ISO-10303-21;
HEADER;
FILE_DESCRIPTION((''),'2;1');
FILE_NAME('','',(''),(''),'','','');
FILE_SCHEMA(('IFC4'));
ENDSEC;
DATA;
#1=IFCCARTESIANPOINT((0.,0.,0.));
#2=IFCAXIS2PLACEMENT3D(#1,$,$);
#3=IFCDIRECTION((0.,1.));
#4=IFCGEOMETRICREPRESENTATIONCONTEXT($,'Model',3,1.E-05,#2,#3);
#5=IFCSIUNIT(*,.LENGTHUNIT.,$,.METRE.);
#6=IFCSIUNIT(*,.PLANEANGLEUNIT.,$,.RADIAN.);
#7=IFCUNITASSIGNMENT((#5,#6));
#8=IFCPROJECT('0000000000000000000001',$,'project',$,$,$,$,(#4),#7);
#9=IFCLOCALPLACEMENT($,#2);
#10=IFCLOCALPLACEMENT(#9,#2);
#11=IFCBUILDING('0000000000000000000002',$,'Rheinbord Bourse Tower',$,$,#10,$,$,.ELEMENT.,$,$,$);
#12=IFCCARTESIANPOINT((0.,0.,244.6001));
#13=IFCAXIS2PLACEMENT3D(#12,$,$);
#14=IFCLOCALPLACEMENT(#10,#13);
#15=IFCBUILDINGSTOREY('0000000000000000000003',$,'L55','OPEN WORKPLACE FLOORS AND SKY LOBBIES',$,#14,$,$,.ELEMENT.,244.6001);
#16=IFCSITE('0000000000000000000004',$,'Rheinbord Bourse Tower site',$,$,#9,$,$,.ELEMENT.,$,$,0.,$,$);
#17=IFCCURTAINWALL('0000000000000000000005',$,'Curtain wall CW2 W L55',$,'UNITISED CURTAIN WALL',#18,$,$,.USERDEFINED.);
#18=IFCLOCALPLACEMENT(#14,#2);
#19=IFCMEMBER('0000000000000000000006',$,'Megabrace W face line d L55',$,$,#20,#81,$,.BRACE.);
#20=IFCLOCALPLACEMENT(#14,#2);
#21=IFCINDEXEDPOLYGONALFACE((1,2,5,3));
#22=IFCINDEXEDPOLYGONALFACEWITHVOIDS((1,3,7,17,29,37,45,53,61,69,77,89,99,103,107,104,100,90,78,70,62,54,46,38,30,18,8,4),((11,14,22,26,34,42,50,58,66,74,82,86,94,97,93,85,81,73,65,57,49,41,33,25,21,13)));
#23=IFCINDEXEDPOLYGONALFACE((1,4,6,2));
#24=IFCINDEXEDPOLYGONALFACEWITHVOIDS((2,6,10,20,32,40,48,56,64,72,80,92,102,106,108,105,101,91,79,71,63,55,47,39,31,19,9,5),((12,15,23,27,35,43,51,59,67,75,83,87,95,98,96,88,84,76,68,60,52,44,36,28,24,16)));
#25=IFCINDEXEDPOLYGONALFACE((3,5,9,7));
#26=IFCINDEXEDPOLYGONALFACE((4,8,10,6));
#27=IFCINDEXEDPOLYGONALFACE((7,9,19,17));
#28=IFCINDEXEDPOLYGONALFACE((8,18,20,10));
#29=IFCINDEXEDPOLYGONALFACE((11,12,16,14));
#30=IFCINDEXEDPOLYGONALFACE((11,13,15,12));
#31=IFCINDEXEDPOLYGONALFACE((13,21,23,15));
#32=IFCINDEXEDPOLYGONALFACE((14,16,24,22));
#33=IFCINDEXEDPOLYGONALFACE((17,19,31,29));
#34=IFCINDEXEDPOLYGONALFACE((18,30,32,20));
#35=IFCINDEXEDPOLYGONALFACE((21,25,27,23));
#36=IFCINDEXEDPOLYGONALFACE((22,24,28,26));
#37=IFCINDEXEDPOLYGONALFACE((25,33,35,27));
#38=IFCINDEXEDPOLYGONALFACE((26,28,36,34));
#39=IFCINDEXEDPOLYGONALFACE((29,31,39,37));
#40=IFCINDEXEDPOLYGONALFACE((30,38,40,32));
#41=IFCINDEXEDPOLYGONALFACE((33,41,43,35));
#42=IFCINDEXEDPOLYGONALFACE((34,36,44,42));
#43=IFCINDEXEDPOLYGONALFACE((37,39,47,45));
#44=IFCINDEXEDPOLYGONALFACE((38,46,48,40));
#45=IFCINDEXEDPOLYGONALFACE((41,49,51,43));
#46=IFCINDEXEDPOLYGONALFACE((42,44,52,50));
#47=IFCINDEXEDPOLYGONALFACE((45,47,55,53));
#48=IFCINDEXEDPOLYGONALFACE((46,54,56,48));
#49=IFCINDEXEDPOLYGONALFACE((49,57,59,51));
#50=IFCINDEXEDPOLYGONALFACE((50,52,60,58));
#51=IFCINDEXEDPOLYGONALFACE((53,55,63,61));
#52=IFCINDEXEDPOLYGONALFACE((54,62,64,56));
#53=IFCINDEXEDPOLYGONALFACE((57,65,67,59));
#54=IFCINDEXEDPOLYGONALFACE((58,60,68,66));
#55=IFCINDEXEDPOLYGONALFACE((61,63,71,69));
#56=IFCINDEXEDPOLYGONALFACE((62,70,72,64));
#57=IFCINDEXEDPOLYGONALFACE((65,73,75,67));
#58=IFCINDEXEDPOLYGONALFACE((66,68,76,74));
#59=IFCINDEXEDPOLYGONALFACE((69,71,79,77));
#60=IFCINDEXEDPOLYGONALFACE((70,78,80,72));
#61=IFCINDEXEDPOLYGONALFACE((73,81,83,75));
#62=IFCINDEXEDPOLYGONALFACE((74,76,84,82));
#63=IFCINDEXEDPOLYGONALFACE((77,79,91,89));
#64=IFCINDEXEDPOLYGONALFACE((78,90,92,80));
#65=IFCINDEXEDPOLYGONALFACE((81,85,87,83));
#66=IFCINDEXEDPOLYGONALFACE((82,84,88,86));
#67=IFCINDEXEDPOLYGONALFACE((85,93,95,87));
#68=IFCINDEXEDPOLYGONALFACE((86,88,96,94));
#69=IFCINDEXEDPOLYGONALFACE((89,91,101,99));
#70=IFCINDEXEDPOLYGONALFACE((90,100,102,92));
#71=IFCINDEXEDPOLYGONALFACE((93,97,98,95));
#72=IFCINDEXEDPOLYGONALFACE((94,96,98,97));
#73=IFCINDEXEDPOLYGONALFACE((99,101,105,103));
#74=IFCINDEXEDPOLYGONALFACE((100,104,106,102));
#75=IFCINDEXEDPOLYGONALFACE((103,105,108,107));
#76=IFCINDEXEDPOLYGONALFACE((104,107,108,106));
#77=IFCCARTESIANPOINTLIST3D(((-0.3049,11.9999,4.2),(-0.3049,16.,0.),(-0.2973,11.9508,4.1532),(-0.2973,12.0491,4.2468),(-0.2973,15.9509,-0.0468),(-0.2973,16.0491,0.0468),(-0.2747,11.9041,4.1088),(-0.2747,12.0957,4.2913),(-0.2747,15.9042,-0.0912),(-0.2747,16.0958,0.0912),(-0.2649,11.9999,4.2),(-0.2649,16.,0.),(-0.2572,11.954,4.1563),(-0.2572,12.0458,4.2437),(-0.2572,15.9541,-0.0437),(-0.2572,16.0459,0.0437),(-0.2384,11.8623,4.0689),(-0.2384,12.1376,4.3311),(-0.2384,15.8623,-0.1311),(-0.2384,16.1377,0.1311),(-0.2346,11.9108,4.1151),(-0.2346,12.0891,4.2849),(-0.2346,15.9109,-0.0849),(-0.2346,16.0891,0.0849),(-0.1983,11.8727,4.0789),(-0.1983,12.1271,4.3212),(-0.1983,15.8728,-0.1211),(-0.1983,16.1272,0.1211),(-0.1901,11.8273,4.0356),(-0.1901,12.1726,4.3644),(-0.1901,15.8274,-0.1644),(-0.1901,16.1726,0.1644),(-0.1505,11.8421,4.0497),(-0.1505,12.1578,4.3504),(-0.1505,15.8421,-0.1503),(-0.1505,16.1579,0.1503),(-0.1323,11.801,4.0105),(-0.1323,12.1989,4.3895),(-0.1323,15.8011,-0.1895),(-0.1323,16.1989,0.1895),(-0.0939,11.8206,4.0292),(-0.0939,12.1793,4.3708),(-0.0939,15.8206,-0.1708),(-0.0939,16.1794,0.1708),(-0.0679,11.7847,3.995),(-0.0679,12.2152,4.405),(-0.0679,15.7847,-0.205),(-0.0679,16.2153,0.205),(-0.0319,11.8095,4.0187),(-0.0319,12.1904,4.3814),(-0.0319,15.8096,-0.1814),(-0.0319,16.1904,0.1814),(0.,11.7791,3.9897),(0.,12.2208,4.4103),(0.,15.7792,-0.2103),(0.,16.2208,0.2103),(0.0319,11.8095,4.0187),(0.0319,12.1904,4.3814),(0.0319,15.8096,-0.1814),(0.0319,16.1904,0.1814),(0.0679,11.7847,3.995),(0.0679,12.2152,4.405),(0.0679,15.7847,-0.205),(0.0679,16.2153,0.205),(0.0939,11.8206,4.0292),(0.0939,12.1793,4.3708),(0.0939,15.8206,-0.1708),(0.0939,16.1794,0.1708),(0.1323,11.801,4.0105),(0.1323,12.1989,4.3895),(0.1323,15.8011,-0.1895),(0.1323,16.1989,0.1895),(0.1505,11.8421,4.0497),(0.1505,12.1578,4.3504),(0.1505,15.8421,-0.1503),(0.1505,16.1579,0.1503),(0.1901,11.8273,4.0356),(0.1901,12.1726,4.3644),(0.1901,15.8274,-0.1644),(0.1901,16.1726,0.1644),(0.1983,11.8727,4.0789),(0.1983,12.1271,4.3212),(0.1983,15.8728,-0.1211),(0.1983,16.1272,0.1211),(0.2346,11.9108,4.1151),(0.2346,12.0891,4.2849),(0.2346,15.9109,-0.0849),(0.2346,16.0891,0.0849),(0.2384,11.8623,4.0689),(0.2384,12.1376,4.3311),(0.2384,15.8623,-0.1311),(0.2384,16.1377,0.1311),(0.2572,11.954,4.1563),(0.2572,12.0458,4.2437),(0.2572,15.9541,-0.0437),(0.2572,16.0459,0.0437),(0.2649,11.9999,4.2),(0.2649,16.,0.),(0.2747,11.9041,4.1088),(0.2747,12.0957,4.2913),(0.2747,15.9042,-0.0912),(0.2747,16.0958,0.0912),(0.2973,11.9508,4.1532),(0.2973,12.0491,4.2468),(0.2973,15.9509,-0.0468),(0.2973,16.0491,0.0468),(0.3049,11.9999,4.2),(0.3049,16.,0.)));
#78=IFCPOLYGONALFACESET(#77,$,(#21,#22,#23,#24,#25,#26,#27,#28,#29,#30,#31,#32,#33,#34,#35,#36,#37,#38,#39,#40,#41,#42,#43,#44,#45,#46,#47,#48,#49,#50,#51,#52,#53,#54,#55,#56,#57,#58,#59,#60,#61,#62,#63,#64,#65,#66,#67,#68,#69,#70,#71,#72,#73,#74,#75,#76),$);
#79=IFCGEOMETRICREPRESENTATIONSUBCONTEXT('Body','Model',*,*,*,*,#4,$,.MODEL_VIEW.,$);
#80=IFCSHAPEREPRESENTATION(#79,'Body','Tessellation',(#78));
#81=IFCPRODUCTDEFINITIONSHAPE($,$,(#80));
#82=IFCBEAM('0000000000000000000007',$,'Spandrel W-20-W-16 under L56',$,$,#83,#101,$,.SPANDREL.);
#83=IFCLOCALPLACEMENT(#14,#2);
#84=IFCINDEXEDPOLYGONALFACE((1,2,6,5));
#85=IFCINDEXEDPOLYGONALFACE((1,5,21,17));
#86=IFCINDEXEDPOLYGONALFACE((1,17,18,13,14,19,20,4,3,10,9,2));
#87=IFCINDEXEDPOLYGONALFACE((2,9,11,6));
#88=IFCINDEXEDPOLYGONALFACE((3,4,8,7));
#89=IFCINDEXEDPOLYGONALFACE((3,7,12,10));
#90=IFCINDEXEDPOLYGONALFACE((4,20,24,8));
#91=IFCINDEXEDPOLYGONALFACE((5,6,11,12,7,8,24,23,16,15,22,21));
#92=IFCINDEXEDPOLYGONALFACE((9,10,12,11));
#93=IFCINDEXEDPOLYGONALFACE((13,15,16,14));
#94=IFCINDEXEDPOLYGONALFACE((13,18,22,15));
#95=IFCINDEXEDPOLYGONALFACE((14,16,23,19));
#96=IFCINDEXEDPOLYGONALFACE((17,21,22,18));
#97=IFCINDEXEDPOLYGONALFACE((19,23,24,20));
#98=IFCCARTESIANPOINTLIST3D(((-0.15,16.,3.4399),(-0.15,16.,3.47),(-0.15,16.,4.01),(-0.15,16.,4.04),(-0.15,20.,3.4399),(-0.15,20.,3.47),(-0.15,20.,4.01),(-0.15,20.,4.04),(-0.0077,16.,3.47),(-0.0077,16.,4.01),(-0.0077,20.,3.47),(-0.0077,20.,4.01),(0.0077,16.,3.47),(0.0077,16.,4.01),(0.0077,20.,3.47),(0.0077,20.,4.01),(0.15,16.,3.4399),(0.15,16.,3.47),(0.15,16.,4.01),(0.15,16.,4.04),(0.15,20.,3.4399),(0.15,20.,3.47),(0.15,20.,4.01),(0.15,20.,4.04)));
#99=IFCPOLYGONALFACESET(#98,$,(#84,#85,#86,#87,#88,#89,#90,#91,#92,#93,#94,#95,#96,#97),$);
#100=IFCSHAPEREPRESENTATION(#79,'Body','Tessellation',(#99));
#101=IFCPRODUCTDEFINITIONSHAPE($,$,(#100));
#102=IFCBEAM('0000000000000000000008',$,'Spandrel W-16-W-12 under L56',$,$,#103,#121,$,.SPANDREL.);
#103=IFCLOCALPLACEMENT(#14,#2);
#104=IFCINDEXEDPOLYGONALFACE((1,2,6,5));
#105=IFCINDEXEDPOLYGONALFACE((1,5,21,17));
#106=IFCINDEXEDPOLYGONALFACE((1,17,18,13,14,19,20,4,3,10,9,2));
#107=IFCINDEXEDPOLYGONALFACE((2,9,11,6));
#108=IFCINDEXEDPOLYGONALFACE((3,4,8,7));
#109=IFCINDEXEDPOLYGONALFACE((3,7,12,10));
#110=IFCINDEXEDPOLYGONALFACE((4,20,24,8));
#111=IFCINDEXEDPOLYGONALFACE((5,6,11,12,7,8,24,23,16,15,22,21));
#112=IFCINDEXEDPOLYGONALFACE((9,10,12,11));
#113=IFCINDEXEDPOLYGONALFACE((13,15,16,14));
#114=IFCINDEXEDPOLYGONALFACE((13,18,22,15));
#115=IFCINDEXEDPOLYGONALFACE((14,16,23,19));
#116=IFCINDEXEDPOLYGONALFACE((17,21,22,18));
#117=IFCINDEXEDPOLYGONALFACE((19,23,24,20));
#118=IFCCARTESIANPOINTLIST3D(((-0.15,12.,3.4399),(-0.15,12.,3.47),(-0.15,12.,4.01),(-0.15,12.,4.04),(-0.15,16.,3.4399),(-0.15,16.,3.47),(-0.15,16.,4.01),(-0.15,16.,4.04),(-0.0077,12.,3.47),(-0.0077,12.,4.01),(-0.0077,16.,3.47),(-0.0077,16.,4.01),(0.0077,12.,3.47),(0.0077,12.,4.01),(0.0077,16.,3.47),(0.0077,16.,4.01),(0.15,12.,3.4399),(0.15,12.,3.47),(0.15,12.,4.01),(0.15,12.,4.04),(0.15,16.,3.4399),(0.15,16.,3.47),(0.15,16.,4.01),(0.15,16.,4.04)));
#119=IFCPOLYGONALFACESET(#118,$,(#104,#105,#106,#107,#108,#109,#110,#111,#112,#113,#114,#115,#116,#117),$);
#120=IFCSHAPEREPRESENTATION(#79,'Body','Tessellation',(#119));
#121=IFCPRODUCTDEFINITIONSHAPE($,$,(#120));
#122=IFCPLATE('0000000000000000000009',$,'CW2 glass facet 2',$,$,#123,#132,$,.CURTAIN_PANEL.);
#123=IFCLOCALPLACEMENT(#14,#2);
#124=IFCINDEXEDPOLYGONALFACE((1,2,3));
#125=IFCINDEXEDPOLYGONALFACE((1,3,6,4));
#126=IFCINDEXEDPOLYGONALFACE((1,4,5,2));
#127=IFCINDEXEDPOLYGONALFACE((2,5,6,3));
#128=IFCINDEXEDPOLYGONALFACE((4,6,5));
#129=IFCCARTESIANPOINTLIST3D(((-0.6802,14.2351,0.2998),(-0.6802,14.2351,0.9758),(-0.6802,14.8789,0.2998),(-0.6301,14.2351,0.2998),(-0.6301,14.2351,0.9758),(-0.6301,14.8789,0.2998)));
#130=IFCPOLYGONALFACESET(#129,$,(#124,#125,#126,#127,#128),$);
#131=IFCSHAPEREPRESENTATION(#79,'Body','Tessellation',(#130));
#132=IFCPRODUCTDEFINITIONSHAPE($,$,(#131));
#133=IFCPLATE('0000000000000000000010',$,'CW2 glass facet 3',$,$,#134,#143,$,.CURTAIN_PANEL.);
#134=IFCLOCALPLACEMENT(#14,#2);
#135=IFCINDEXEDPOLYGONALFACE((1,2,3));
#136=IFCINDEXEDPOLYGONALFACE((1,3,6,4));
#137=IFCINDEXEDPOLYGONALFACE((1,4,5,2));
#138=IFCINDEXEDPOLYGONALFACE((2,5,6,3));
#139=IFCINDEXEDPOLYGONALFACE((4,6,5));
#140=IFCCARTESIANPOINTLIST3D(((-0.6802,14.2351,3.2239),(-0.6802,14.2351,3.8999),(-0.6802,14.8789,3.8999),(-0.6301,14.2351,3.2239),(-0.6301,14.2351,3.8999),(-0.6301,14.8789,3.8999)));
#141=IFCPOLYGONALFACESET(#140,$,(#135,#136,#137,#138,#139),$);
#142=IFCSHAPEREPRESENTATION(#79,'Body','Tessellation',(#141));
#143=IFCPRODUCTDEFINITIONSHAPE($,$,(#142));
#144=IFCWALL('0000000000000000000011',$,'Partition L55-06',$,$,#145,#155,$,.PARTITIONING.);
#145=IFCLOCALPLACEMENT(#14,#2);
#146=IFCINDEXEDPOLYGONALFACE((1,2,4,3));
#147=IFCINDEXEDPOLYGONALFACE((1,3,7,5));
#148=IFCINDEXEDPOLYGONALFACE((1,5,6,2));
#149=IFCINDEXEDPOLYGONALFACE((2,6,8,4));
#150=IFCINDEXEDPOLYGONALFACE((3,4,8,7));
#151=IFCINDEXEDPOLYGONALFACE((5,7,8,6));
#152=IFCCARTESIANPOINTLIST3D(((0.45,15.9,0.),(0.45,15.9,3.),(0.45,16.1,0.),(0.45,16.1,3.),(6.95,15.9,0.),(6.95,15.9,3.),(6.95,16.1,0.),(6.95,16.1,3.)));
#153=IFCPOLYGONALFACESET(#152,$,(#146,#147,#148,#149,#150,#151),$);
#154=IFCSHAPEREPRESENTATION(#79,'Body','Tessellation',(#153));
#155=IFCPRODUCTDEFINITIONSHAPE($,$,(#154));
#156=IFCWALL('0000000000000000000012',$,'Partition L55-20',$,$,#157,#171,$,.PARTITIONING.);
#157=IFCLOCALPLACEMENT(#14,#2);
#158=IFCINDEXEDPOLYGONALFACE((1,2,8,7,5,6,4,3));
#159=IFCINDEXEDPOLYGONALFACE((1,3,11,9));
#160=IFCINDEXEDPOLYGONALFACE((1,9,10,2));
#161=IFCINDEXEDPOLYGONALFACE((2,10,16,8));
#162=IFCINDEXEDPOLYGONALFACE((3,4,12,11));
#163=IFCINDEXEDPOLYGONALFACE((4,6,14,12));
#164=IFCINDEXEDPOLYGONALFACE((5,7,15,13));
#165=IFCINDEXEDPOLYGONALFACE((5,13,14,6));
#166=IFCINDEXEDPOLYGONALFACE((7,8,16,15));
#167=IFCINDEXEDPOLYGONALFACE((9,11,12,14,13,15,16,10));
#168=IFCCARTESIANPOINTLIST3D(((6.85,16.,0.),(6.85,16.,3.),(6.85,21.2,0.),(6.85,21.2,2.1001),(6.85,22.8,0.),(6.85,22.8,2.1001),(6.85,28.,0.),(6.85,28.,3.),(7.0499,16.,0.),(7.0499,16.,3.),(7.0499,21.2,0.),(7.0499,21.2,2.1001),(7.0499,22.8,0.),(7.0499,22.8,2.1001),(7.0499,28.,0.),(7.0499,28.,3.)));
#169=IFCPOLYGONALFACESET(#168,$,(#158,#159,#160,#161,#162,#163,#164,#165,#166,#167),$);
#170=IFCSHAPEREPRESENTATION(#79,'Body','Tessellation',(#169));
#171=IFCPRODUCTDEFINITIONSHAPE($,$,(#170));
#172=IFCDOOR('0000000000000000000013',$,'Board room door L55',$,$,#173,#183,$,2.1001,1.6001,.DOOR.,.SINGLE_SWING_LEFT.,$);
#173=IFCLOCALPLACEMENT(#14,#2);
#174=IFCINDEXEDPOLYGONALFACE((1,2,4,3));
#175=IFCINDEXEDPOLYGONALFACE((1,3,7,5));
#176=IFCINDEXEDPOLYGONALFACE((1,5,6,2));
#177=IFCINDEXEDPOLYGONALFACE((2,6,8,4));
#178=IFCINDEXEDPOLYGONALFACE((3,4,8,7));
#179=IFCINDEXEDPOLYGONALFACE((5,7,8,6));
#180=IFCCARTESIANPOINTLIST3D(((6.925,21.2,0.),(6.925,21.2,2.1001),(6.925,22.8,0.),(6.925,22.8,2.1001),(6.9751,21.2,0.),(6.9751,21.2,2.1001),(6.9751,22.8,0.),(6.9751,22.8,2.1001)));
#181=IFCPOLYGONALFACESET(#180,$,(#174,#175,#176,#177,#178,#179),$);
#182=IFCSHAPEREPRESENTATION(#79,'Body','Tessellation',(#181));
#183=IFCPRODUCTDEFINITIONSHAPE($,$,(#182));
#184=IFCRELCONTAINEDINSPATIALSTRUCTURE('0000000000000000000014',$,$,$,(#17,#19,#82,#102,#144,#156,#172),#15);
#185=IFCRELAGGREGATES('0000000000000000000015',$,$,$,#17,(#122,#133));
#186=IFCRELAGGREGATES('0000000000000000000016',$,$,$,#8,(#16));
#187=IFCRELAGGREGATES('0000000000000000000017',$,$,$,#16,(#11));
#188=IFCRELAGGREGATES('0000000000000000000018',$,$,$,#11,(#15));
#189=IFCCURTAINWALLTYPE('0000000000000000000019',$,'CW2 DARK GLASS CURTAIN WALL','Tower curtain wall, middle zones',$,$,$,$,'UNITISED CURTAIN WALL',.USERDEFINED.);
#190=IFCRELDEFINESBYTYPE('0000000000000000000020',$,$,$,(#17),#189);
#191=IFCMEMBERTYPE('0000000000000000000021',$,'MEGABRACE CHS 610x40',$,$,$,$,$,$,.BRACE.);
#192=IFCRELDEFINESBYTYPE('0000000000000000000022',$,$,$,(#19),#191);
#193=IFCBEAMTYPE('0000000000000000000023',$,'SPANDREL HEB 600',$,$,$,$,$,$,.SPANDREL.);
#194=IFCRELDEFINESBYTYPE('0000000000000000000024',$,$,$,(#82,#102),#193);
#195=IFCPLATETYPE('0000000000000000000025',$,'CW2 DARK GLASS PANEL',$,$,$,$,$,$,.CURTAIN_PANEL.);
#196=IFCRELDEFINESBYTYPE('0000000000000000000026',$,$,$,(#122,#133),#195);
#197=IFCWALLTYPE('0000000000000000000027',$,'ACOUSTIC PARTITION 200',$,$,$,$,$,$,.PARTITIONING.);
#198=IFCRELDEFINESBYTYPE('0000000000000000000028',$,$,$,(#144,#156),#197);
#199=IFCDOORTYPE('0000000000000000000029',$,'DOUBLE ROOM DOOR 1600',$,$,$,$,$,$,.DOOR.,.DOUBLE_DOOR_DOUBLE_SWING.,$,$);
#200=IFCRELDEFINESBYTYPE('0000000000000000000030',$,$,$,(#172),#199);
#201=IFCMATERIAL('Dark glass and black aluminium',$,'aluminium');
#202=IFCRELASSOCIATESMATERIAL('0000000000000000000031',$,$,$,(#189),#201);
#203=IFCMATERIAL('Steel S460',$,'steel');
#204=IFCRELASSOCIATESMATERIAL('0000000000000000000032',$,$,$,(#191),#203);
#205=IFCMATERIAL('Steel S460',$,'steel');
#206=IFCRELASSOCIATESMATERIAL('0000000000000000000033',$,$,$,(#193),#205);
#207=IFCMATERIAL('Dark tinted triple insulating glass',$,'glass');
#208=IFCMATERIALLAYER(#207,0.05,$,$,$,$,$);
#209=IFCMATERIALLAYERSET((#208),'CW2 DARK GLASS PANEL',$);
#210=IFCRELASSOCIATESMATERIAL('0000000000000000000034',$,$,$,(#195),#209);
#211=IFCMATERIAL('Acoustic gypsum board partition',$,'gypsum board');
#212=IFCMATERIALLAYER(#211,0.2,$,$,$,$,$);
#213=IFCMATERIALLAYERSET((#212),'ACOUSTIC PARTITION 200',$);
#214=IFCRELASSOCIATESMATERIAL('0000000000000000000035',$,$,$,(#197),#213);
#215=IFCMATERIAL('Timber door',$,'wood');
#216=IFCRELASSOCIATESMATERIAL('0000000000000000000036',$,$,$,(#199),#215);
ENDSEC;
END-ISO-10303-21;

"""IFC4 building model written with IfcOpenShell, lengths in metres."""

from ifc_helpers import new_model, si_unit, direction, frame, frame_2d, origin, origin_2d, place, context, subcontext, project, spatial, polyline, rectangle, hollow_circle, i_section, outline, extrude, material, layer, layer_set, material_profile, profile_set, type_object, element, fill, aggregate, save


model = new_model("IFC4")

# Units and contexts
model_context = context("Model", 3, precision=1e-05, world=origin(), true_north=direction((0.0, 1.0)))
body_context = subcontext(model_context, "Body", "Model", "MODEL_VIEW")
ifc_project = project(units=[si_unit("LENGTHUNIT", "METRE"), si_unit("PLANEANGLEUNIT", "RADIAN")], contexts=[model_context])

# Site, building, storey
site_placement = place(None, origin())
site = spatial("IfcSite", under=ifc_project, at=site_placement, Name="Rheinbord Bourse Tower site", CompositionType="ELEMENT", RefElevation=0.0)
building_placement = place(site_placement, origin())
building = spatial("IfcBuilding", under=site, at=building_placement, Name="Rheinbord Bourse Tower", CompositionType="ELEMENT")
storey_placement = place(building_placement, frame((0.0, 0.0, 244.6001)))
storey = spatial("IfcBuildingStorey", under=building, at=storey_placement, Name="L55", Description="OPEN WORKPLACE FLOORS AND SKY LOBBIES", CompositionType="ELEMENT", Elevation=244.6001)

# Curtain wall
ifc_material_1 = material(Name="Dark glass and black aluminium", Category="aluminium")
curtain_wall_type = type_object("IfcCurtainWallType", Name="CW2 DARK GLASS CURTAIN WALL", Description="Tower curtain wall, middle zones", ElementType="UNITISED CURTAIN WALL", PredefinedType="USERDEFINED", material=ifc_material_1)
curtain_wall_placement = place(storey_placement, origin())
curtain_wall = element("IfcCurtainWall", 1, at=curtain_wall_placement, inside=storey, type_object=curtain_wall_type, Name="Curtain wall CW2 W L55", ObjectType="UNITISED CURTAIN WALL", PredefinedType="USERDEFINED")

# Member
ifc_material_2 = material(Name="Steel S460", Category="steel")
ifc_material_profile_1 = material_profile(ifc_material_2, hollow_circle(Radius=0.3049, WallThickness=0.04, at=origin_2d()), Name="CHS 610x40")
ifc_profile_set_1 = profile_set([ifc_material_profile_1], Name="Steel S460")
member_type_1 = type_object("IfcMemberType", Name="MEGABRACE CHS 610x40", PredefinedType="BRACE", material=ifc_profile_set_1)
member_1_placement = place(storey_placement, frame((0.0, 16.0, 0.0), z_axis=(0.0, -0.689659, 0.724134), x_axis=(1.0, 0.0, 0.0)))
element("IfcMember", 2, at=member_1_placement, inside=storey, type_object=member_type_1, Name="Megabrace W face line d L55", PredefinedType="BRACE", context=body_context, shape_type="SweptSolid", body=[
    extrude(hollow_circle(Radius=0.3049, WallThickness=0.04, at=origin_2d()), origin(), (0.0, 0.0, 1.0), 5.8),
])

# Beams
ifc_material_3 = material(Name="Steel S460", Category="steel")
ifc_material_profile_2 = material_profile(ifc_material_3, i_section(OverallWidth=0.3, OverallDepth=0.6001, WebThickness=0.0154, FlangeThickness=0.03, at=origin_2d()), Name="HEB 600")
ifc_profile_set_2 = profile_set([ifc_material_profile_2], Name="Steel S460")
beam_type_1 = type_object("IfcBeamType", Name="SPANDREL HEB 600", PredefinedType="SPANDREL", material=ifc_profile_set_2)
for number, where, z_axis, x_axis, name in (
    (3, (0.0, 20.0, 3.74), (0.0, -1.0, 0.0), (1.0, 0.0, 0.0), "Spandrel W-20-W-16 under L56"),
    (4, (0.0, 16.0, 3.74), (0.0, -1.0, 0.0), (1.0, 0.0, 0.0), "Spandrel W-16-W-12 under L56"),
):
    element("IfcBeam", number, at=place(storey_placement, frame(where, z_axis=z_axis, x_axis=x_axis)), inside=storey, type_object=beam_type_1, Name=name, PredefinedType="SPANDREL", context=body_context, shape_type="SweptSolid", body=[
        extrude(i_section(OverallWidth=0.3, OverallDepth=0.6001, WebThickness=0.0154, FlangeThickness=0.03, at=origin_2d()), origin(), (0.0, 0.0, 1.0), 4.0),
    ])

# Plates
ifc_material_4 = material(Name="Dark tinted triple insulating glass", Category="glass")
ifc_layer_1 = layer(ifc_material_4, 0.05)
ifc_layer_set_1 = layer_set([ifc_layer_1], Name="CW2 DARK GLASS PANEL")
plate_type = type_object("IfcPlateType", Name="CW2 DARK GLASS PANEL", PredefinedType="CURTAIN_PANEL", material=ifc_layer_set_1)
plate_1_placement = place(storey_placement, frame((-0.6802, 14.2351, 0.2998), z_axis=(1.0, 0.0, 0.0), x_axis=(0.0, 1.0, 0.0)))
plate_1 = element("IfcPlate", 5, at=plate_1_placement, type_object=plate_type, Name="CW2 glass facet 2", PredefinedType="CURTAIN_PANEL", context=body_context, shape_type="SweptSolid", body=[
    extrude(outline(polyline([(0.0, 0.0), (0.6438, 0.0), (0.0, 0.676), (0.0, 0.0)])), origin(), (0.0, 0.0, 1.0), 0.05),
])
plate_2_placement = place(storey_placement, frame((-0.6802, 14.2351, 3.8999), z_axis=(1.0, 0.0, 0.0), x_axis=(0.0, 0.0, -1.0)))
plate_2 = element("IfcPlate", 6, at=plate_2_placement, type_object=plate_type, Name="CW2 glass facet 3", PredefinedType="CURTAIN_PANEL", context=body_context, shape_type="SweptSolid", body=[
    extrude(outline(polyline([(0.0, 0.0), (0.676, 0.0), (0.0, 0.6438), (0.0, 0.0)])), origin(), (0.0, 0.0, 1.0), 0.05),
])
aggregate(curtain_wall, [plate_1, plate_2])

# Wall
ifc_material_5 = material(Name="Acoustic gypsum board partition", Category="gypsum board")
ifc_layer_2 = layer(ifc_material_5, 0.2)
ifc_layer_set_2 = layer_set([ifc_layer_2], Name="ACOUSTIC PARTITION 200")
wall_type = type_object("IfcWallType", Name="ACOUSTIC PARTITION 200", PredefinedType="PARTITIONING", material=ifc_layer_set_2)
wall_1_placement = place(storey_placement, frame((0.45, 16.0, 0.0), z_axis=(0.0, 0.0, 1.0), x_axis=(1.0, 0.0, 0.0)))
element("IfcWall", 7, at=wall_1_placement, inside=storey, type_object=wall_type, Name="Partition L55-06", PredefinedType="PARTITIONING", context=body_context, shape_type="SweptSolid", body=[
    extrude(rectangle(XDim=6.5, YDim=0.2, at=frame_2d((3.25, 0.0))), origin(), (0.0, 0.0, 1.0), 3.0),
])

# Wall, opening, door
wall_2_placement = place(storey_placement, frame((6.95, 16.0, 0.0), z_axis=(0.0, 0.0, 1.0), x_axis=(0.0, 1.0, 0.0)))
wall_2 = element("IfcWall", 8, at=wall_2_placement, inside=storey, type_object=wall_type, Name="Partition L55-20", PredefinedType="PARTITIONING", context=body_context, shape_type="SweptSolid", body=[
    extrude(rectangle(XDim=12.0, YDim=0.2, at=frame_2d((6.0, 0.0))), origin(), (0.0, 0.0, 1.0), 3.0),
])
opening_placement = place(wall_2_placement, frame((5.2, 0.0, 0.0)))
opening = element("IfcOpeningElement", 9, at=opening_placement, cuts=wall_2, PredefinedType="OPENING", context=body_context, shape_type="SweptSolid", body=[
    extrude(rectangle(XDim=1.6001, YDim=2.1001, at=frame_2d((0.8, 1.05))), frame((0.0, 0.1099, 0.0), z_axis=(0.0, -1.0, 0.0), x_axis=(1.0, 0.0, 0.0)), (0.0, 0.0, 1.0), 0.22),
])
ifc_material_6 = material(Name="Timber door", Category="wood")
door_type = type_object("IfcDoorType", Name="DOUBLE ROOM DOOR 1600", OperationType="DOUBLE_DOOR_DOUBLE_SWING", PredefinedType="DOOR", material=ifc_material_6)
door_placement = place(opening_placement, origin())
door = element("IfcDoor", 10, at=door_placement, inside=storey, type_object=door_type, Name="Board room door L55", OperationType="SINGLE_SWING_LEFT", OverallHeight=2.1001, OverallWidth=1.6001, PredefinedType="DOOR", context=body_context, shape_type="SweptSolid", body=[
    extrude(rectangle(XDim=1.6001, YDim=2.1001, at=frame_2d((0.8, 1.05))), frame((0.0, 0.0249, 0.0), z_axis=(0.0, -1.0, 0.0), x_axis=(1.0, 0.0, 0.0)), (0.0, 0.0, 1.0), 0.05),
])
fill(opening, door)

save(model, "model.ifc")
